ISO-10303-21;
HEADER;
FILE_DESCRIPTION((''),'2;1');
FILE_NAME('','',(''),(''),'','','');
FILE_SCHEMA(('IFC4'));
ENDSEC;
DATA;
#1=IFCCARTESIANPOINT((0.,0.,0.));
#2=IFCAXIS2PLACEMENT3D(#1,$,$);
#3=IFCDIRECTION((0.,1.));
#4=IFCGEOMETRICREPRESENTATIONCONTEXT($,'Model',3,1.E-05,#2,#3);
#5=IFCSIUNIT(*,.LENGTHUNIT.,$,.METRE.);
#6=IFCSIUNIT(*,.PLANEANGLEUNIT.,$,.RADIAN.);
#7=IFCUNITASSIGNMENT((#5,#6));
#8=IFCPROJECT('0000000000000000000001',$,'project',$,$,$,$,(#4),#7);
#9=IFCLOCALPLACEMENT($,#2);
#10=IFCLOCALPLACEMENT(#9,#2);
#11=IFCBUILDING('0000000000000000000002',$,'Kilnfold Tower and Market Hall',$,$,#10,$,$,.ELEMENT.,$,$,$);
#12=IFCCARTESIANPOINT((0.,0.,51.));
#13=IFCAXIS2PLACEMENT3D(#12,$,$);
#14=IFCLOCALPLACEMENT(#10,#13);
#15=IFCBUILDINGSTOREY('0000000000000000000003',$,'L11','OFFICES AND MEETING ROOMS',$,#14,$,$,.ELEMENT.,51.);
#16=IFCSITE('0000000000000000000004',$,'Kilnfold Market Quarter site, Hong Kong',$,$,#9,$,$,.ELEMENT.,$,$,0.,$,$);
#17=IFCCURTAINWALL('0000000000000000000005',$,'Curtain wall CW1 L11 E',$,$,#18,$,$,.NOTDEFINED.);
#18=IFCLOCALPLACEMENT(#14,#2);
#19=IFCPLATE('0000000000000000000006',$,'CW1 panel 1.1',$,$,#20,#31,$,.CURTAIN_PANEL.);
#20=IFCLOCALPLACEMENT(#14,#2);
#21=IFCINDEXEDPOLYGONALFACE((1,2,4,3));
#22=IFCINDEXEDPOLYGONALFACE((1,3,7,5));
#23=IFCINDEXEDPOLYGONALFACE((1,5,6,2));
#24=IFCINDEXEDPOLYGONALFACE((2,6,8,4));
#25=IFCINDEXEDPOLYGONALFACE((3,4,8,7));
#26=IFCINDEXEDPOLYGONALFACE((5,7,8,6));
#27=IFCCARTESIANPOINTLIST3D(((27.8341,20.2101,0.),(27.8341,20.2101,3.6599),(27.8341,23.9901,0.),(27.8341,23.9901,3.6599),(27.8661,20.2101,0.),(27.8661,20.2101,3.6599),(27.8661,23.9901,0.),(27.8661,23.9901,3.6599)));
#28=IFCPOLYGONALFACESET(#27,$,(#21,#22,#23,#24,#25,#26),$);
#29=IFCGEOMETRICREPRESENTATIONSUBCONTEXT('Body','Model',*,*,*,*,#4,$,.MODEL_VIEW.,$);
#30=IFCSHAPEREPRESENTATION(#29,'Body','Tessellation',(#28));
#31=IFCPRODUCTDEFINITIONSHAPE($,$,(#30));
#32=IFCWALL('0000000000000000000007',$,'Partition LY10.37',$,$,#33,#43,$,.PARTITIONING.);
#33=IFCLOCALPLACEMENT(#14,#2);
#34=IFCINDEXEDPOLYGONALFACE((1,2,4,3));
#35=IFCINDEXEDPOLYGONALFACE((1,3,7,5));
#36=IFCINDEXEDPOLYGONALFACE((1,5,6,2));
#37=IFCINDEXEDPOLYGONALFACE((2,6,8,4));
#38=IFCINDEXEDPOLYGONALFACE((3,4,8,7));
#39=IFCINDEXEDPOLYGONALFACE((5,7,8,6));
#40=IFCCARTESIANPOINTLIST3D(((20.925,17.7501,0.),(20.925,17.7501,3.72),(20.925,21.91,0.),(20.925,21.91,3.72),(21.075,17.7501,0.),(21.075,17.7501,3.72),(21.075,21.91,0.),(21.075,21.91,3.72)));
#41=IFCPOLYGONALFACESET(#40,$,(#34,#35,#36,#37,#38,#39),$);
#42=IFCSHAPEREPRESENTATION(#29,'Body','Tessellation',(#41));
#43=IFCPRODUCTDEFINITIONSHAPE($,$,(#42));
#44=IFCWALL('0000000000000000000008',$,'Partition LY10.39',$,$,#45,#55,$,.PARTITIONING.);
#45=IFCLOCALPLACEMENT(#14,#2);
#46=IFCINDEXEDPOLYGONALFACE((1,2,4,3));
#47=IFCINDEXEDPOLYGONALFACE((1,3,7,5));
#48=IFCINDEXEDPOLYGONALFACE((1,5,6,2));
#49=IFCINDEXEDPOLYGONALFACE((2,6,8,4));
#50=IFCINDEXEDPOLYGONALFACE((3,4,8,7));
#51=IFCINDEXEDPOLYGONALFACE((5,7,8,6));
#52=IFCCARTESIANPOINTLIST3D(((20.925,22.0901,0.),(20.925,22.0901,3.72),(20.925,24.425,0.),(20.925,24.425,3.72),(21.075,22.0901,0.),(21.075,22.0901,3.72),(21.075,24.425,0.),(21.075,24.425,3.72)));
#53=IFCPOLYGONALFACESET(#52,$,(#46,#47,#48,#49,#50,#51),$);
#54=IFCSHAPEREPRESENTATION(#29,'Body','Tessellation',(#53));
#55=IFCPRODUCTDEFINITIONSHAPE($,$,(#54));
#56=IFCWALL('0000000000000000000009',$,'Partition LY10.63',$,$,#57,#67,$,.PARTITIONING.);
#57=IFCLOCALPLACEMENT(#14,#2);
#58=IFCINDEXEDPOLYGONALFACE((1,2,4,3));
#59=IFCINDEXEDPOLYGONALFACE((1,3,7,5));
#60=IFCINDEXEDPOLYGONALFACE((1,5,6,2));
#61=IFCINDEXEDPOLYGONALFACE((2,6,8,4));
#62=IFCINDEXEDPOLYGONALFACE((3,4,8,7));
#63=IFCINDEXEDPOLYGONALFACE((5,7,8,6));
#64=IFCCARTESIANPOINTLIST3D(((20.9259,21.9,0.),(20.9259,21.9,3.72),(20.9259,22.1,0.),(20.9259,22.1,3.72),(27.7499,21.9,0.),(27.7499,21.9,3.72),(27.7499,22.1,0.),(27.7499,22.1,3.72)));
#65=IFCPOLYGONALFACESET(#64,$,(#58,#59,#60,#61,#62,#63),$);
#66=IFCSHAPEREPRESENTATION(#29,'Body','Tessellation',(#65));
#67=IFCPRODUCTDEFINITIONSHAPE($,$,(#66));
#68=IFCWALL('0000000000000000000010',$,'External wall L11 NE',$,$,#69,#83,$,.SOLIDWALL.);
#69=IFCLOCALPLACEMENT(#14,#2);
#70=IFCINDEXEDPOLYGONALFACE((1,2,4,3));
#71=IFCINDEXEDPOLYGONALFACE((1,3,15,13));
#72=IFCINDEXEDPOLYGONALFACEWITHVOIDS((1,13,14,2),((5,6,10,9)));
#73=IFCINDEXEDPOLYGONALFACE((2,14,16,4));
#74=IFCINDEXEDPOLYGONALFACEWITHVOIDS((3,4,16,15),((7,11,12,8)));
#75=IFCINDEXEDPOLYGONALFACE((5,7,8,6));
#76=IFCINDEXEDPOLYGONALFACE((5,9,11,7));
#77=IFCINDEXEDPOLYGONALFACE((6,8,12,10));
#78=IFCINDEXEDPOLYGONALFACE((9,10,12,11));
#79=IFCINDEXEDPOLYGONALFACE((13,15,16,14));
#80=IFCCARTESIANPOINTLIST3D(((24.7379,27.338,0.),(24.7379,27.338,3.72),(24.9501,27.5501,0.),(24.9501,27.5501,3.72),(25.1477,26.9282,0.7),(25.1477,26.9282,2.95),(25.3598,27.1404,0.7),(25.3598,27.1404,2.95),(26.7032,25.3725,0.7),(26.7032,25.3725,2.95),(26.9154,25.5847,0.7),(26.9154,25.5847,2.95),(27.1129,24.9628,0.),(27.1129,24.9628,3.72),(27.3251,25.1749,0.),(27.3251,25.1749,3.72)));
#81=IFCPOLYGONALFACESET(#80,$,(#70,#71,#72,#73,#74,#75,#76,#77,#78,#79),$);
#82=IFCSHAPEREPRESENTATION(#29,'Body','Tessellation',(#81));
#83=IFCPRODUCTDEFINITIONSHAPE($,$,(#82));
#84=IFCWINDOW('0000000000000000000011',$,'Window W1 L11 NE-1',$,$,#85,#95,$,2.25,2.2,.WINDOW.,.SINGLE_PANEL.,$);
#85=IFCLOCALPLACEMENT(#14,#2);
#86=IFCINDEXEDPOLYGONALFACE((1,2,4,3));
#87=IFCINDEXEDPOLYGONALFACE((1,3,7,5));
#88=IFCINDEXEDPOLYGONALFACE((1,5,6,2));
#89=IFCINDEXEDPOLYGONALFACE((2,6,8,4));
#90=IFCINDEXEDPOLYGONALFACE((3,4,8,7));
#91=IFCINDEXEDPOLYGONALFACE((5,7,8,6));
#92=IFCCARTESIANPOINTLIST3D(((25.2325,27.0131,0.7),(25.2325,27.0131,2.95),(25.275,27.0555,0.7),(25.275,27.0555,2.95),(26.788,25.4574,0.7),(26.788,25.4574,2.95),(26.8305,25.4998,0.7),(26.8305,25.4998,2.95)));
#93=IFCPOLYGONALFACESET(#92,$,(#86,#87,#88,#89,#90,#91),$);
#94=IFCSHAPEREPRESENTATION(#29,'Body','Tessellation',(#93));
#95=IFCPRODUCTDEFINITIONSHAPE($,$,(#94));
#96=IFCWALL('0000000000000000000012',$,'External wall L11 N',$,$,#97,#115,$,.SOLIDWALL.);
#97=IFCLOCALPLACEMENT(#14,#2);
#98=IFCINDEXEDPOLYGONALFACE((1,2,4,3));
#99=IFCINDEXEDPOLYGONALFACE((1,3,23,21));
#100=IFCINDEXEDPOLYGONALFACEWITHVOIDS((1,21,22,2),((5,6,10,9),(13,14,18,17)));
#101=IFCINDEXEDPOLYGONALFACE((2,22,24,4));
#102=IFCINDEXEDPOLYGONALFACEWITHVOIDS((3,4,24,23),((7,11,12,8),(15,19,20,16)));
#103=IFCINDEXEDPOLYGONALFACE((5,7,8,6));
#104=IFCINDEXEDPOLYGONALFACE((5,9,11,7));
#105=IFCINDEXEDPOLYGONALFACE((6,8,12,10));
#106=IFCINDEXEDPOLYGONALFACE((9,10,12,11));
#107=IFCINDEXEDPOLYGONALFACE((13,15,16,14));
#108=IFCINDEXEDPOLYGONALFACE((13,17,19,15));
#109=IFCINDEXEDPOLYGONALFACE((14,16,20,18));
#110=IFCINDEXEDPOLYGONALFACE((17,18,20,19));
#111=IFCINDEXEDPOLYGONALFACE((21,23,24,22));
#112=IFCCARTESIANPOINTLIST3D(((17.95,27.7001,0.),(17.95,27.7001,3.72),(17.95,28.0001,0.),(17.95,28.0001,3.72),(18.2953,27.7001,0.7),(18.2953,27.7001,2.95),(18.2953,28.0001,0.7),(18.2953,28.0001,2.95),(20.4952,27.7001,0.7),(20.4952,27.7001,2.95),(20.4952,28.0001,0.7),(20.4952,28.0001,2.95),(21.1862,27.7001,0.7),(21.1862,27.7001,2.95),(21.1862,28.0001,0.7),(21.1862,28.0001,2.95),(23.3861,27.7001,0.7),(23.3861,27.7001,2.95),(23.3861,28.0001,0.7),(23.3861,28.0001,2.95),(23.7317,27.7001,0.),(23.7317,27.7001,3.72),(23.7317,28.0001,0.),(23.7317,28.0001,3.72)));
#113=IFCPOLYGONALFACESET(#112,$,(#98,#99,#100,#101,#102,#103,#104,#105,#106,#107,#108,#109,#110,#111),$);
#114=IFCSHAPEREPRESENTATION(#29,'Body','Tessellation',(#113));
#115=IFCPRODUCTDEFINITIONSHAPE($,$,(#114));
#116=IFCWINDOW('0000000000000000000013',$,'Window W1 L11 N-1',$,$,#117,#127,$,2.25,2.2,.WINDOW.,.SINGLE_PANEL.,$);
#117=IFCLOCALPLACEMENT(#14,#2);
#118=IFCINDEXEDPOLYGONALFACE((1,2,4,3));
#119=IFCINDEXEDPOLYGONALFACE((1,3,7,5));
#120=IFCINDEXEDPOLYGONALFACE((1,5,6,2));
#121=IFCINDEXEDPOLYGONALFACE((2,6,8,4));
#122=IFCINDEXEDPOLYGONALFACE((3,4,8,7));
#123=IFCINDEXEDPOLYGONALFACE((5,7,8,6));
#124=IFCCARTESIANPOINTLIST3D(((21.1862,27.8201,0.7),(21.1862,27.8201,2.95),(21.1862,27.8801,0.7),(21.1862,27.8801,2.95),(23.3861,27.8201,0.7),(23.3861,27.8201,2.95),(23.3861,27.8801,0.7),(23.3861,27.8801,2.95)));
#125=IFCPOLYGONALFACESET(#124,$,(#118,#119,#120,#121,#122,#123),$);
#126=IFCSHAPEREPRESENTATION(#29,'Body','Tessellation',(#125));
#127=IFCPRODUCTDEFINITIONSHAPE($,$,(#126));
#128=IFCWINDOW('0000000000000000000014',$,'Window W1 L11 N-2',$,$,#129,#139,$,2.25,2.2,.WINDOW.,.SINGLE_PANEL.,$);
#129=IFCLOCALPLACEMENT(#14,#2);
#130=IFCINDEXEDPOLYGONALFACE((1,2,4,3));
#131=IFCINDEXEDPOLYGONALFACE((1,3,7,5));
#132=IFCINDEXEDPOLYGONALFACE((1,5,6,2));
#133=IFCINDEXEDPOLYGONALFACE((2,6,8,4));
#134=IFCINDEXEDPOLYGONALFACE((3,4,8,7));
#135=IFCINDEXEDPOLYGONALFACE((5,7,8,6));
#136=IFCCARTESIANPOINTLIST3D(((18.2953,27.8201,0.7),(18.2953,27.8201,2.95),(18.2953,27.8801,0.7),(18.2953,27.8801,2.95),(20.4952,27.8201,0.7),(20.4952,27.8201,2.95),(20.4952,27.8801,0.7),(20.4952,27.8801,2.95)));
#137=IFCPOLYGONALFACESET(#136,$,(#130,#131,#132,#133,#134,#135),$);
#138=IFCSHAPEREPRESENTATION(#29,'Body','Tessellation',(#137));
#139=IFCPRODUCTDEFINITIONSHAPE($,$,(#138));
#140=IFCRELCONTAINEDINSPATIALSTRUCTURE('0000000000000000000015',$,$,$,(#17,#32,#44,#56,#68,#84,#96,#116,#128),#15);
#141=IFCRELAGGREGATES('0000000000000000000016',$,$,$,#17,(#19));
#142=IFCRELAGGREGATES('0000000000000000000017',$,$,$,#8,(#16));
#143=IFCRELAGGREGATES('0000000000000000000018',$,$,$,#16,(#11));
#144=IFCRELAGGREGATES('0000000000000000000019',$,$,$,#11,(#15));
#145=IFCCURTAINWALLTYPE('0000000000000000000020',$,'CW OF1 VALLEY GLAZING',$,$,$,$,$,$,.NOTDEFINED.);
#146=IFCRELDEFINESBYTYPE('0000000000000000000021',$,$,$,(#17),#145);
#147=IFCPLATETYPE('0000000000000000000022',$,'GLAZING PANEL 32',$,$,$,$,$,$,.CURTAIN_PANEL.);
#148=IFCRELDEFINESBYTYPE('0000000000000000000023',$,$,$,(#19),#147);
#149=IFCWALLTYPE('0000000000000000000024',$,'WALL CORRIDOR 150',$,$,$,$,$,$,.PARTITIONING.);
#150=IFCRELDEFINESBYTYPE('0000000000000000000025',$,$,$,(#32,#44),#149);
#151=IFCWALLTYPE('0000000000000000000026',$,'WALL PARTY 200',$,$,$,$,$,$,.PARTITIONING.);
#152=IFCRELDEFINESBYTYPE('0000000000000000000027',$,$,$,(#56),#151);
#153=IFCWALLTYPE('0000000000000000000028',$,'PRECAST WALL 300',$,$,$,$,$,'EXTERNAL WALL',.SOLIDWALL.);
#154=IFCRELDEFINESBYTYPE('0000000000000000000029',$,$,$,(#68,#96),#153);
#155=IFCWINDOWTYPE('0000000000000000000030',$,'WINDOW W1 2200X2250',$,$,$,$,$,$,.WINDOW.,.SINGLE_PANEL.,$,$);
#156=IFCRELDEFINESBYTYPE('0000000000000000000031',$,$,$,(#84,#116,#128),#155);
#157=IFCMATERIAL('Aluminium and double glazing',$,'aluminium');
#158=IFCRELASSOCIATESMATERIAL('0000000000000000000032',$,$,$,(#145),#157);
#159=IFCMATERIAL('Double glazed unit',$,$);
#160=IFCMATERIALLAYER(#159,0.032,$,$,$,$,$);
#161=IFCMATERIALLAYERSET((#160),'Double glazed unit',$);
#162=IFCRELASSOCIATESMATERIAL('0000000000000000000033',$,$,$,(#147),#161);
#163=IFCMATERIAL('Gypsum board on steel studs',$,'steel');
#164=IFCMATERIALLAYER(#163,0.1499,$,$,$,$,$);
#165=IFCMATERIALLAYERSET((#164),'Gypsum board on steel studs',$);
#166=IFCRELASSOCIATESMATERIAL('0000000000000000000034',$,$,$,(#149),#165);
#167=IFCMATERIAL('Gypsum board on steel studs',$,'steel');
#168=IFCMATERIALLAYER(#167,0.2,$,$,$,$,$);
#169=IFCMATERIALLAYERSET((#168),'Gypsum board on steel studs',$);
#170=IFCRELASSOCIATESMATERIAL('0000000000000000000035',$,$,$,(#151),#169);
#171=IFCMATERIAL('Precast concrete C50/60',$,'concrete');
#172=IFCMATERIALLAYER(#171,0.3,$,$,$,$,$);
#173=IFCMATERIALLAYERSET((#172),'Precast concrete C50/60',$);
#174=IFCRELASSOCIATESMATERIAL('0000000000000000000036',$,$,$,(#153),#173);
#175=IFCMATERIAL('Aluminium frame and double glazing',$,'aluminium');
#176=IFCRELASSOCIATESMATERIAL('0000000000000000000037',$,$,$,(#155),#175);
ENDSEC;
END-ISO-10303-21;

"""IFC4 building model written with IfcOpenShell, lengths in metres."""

from ifc_helpers import new_model, si_unit, direction, frame, frame_2d, origin, origin_2d, place, context, subcontext, project, spatial, rectangle, extrude, source, transform, mapped, material, layer, layer_set, type_object, element, fill, aggregate, save


model = new_model("IFC4")

# Units and contexts
model_context = context("Model", 3, precision=1e-05, world=origin(), true_north=direction((0.0, 1.0)))
body_context = subcontext(model_context, "Body", "Model", "MODEL_VIEW")
ifc_project = project(units=[si_unit("LENGTHUNIT", "METRE"), si_unit("PLANEANGLEUNIT", "RADIAN")], contexts=[model_context])

# Site, building, storey
site_placement = place(None, origin())
site = spatial("IfcSite", under=ifc_project, at=site_placement, Name="Kilnfold Market Quarter site, Hong Kong", CompositionType="ELEMENT", RefElevation=0.0)
building_placement = place(site_placement, origin())
building = spatial("IfcBuilding", under=site, at=building_placement, Name="Kilnfold Tower and Market Hall", CompositionType="ELEMENT")
storey_placement = place(building_placement, frame((0.0, 0.0, 51.0)))
storey = spatial("IfcBuildingStorey", under=building, at=storey_placement, Name="L11", Description="OFFICES AND MEETING ROOMS", CompositionType="ELEMENT", Elevation=51.0)

# Shared definitions
ifc_material_1 = material(Name="Aluminium and double glazing", Category="aluminium")
curtain_wall_type = type_object("IfcCurtainWallType", Name="CW OF1 VALLEY GLAZING", PredefinedType="NOTDEFINED", material=ifc_material_1)

# Curtain wall
curtain_wall_1_placement = place(storey_placement, origin())
curtain_wall_1 = element("IfcCurtainWall", 1, at=curtain_wall_1_placement, inside=storey, type_object=curtain_wall_type, Name="Curtain wall CW1 L11 E", PredefinedType="NOTDEFINED")

# Plate
ifc_material_2 = material(Name="Double glazed unit")
ifc_layer_1 = layer(ifc_material_2, 0.032)
ifc_layer_set_1 = layer_set([ifc_layer_1], Name="Double glazed unit")
plate_type = type_object("IfcPlateType", Name="GLAZING PANEL 32", PredefinedType="CURTAIN_PANEL", material=ifc_layer_set_1)
shared_shape_1 = source(origin(), body_context, "Body", "SweptSolid", [
    extrude(rectangle(XDim=3.78, YDim=0.032, at=origin_2d()), origin(), (0.0, 0.0, 1.0), 3.6599),
])
plate_1_placement = place(storey_placement, frame((27.8501, 22.1001, 0.0), z_axis=(0.0, 0.0, 1.0), x_axis=(0.0, 1.0, 0.0)))
plate_1 = element("IfcPlate", 2, at=plate_1_placement, type_object=plate_type, Name="CW1 panel 1.1", PredefinedType="CURTAIN_PANEL", context=body_context, shape_type="MappedRepresentation", body=[
    mapped(shared_shape_1, transform((0.0, 0.0, 0.0))),
])
aggregate(curtain_wall_1, [plate_1])

# Walls
ifc_material_3 = material(Name="Gypsum board on steel studs", Category="steel")
ifc_layer_2 = layer(ifc_material_3, 0.1499)
ifc_layer_set_2 = layer_set([ifc_layer_2], Name="Gypsum board on steel studs")
wall_type_1 = type_object("IfcWallType", Name="WALL CORRIDOR 150", PredefinedType="PARTITIONING", material=ifc_layer_set_2)
wall_1_placement = place(storey_placement, frame((21.0, 17.75, 0.0), z_axis=(0.0, 0.0, 1.0), x_axis=(0.0, 1.0, 0.0)))
element("IfcWall", 3, at=wall_1_placement, inside=storey, type_object=wall_type_1, Name="Partition LY10.37", PredefinedType="PARTITIONING", context=body_context, shape_type="SweptSolid", body=[
    extrude(rectangle(XDim=4.1599, YDim=0.1499, at=frame_2d((2.0801, 0.0))), origin(), (0.0, 0.0, 1.0), 3.72),
])
wall_2_placement = place(storey_placement, frame((21.0, 22.0901, 0.0), z_axis=(0.0, 0.0, 1.0), x_axis=(0.0, 1.0, 0.0)))
element("IfcWall", 4, at=wall_2_placement, inside=storey, type_object=wall_type_1, Name="Partition LY10.39", PredefinedType="PARTITIONING", context=body_context, shape_type="SweptSolid", body=[
    extrude(rectangle(XDim=2.335, YDim=0.1499, at=frame_2d((1.1675, 0.0))), origin(), (0.0, 0.0, 1.0), 3.72),
])
ifc_material_4 = material(Name="Gypsum board on steel studs", Category="steel")
ifc_layer_3 = layer(ifc_material_4, 0.2)
ifc_layer_set_3 = layer_set([ifc_layer_3], Name="Gypsum board on steel studs")
wall_type_2 = type_object("IfcWallType", Name="WALL PARTY 200", PredefinedType="PARTITIONING", material=ifc_layer_set_3)
wall_3_placement = place(storey_placement, frame((27.75, 22.0, 0.0), z_axis=(0.0, 0.0, 1.0), x_axis=(-1.0, 0.0, 0.0)))
element("IfcWall", 5, at=wall_3_placement, inside=storey, type_object=wall_type_2, Name="Partition LY10.63", PredefinedType="PARTITIONING", context=body_context, shape_type="SweptSolid", body=[
    extrude(rectangle(XDim=6.824, YDim=0.2, at=frame_2d((3.4121, 0.0))), origin(), (0.0, 0.0, 1.0), 3.72),
])

# Wall, opening, window
ifc_material_5 = material(Name="Precast concrete C50/60", Category="concrete")
ifc_layer_4 = layer(ifc_material_5, 0.3)
ifc_layer_set_4 = layer_set([ifc_layer_4], Name="Precast concrete C50/60")
wall_type_3 = type_object("IfcWallType", Name="PRECAST WALL 300", ElementType="EXTERNAL WALL", PredefinedType="SOLIDWALL", material=ifc_layer_set_4)
shared_shape_2 = source(origin(), body_context, "Body", "SweptSolid", [
    extrude(rectangle(XDim=3.3589, YDim=0.3, at=frame_2d((1.6794, 0.0))), origin(), (0.0, 0.0, 1.0), 3.72),
])
wall_4_placement = place(storey_placement, frame((27.219, 25.0688, 0.0), z_axis=(0.0, 0.0, 1.0), x_axis=(-0.70707, 0.707143, 0.0)))
wall_4 = element("IfcWall", 6, at=wall_4_placement, inside=storey, type_object=wall_type_3, Name="External wall L11 NE", PredefinedType="SOLIDWALL", context=body_context, shape_type="MappedRepresentation", body=[
    mapped(shared_shape_2, transform((0.0, 0.0, 0.0))),
])
opening_1_placement = place(wall_4_placement, frame((0.5793, 0.0, 0.7)))
opening_1 = element("IfcOpeningElement", 7, at=opening_1_placement, cuts=wall_4, PredefinedType="OPENING", context=body_context, shape_type="SweptSolid", body=[
    extrude(rectangle(XDim=2.2, YDim=2.25, at=frame_2d((1.1001, 1.125))), frame((0.0, 0.1602, 0.0), z_axis=(0.0, -1.0, 0.0), x_axis=(1.0, 0.0, 0.0)), (0.0, 0.0, 1.0), 0.3201),
])
ifc_material_6 = material(Name="Aluminium frame and double glazing", Category="aluminium")
window_type = type_object("IfcWindowType", Name="WINDOW W1 2200X2250", PartitioningType="SINGLE_PANEL", PredefinedType="WINDOW", material=ifc_material_6)
window_1_placement = place(opening_1_placement, origin())
window_1 = element("IfcWindow", 8, at=window_1_placement, inside=storey, type_object=window_type, Name="Window W1 L11 NE-1", OverallHeight=2.25, OverallWidth=2.2, PartitioningType="SINGLE_PANEL", PredefinedType="WINDOW", context=body_context, shape_type="SweptSolid", body=[
    extrude(rectangle(XDim=2.2, YDim=2.25, at=frame_2d((1.1001, 1.125))), frame((0.0, 0.03, 0.0), z_axis=(0.0, -1.0, 0.0), x_axis=(1.0, 0.0, 0.0)), (0.0, 0.0, 1.0), 0.0601),
])
fill(opening_1, window_1)

# Wall, openings, windows
shared_shape_3 = source(origin(), body_context, "Body", "SweptSolid", [
    extrude(rectangle(XDim=5.7817, YDim=0.3, at=frame_2d((2.8909, 0.0))), origin(), (0.0, 0.0, 1.0), 3.72),
])
wall_5_placement = place(storey_placement, frame((23.7317, 27.8501, 0.0), z_axis=(0.0, 0.0, 1.0), x_axis=(-1.0, 0.0, 0.0)))
wall_5 = element("IfcWall", 9, at=wall_5_placement, inside=storey, type_object=wall_type_3, Name="External wall L11 N", PredefinedType="SOLIDWALL", context=body_context, shape_type="MappedRepresentation", body=[
    mapped(shared_shape_3, transform((0.0, 0.0, 0.0))),
])
opening_2_placement = place(wall_5_placement, frame((0.3455, 0.0, 0.7)))
opening_2 = element("IfcOpeningElement", 10, at=opening_2_placement, cuts=wall_5, PredefinedType="OPENING", context=body_context, shape_type="SweptSolid", body=[
    extrude(rectangle(XDim=2.2, YDim=2.25, at=frame_2d((1.1001, 1.125))), frame((0.0, 0.1602, 0.0), z_axis=(0.0, -1.0, 0.0), x_axis=(1.0, 0.0, 0.0)), (0.0, 0.0, 1.0), 0.3201),
])
opening_3_placement = place(wall_5_placement, frame((3.2363, 0.0, 0.7)))
opening_3 = element("IfcOpeningElement", 11, at=opening_3_placement, cuts=wall_5, PredefinedType="OPENING", context=body_context, shape_type="SweptSolid", body=[
    extrude(rectangle(XDim=2.2, YDim=2.25, at=frame_2d((1.1001, 1.125))), frame((0.0, 0.1602, 0.0), z_axis=(0.0, -1.0, 0.0), x_axis=(1.0, 0.0, 0.0)), (0.0, 0.0, 1.0), 0.3201),
])
window_2_placement = place(opening_2_placement, origin())
window_2 = element("IfcWindow", 12, at=window_2_placement, inside=storey, type_object=window_type, Name="Window W1 L11 N-1", OverallHeight=2.25, OverallWidth=2.2, PartitioningType="SINGLE_PANEL", PredefinedType="WINDOW", context=body_context, shape_type="SweptSolid", body=[
    extrude(rectangle(XDim=2.2, YDim=2.25, at=frame_2d((1.1001, 1.125))), frame((0.0, 0.03, 0.0), z_axis=(0.0, -1.0, 0.0), x_axis=(1.0, 0.0, 0.0)), (0.0, 0.0, 1.0), 0.0601),
])
fill(opening_2, window_2)
window_3_placement = place(opening_3_placement, origin())
window_3 = element("IfcWindow", 13, at=window_3_placement, inside=storey, type_object=window_type, Name="Window W1 L11 N-2", OverallHeight=2.25, OverallWidth=2.2, PartitioningType="SINGLE_PANEL", PredefinedType="WINDOW", context=body_context, shape_type="SweptSolid", body=[
    extrude(rectangle(XDim=2.2, YDim=2.25, at=frame_2d((1.1001, 1.125))), frame((0.0, 0.03, 0.0), z_axis=(0.0, -1.0, 0.0), x_axis=(1.0, 0.0, 0.0)), (0.0, 0.0, 1.0), 0.0601),
])
fill(opening_3, window_3)

save(model, "model.ifc")
